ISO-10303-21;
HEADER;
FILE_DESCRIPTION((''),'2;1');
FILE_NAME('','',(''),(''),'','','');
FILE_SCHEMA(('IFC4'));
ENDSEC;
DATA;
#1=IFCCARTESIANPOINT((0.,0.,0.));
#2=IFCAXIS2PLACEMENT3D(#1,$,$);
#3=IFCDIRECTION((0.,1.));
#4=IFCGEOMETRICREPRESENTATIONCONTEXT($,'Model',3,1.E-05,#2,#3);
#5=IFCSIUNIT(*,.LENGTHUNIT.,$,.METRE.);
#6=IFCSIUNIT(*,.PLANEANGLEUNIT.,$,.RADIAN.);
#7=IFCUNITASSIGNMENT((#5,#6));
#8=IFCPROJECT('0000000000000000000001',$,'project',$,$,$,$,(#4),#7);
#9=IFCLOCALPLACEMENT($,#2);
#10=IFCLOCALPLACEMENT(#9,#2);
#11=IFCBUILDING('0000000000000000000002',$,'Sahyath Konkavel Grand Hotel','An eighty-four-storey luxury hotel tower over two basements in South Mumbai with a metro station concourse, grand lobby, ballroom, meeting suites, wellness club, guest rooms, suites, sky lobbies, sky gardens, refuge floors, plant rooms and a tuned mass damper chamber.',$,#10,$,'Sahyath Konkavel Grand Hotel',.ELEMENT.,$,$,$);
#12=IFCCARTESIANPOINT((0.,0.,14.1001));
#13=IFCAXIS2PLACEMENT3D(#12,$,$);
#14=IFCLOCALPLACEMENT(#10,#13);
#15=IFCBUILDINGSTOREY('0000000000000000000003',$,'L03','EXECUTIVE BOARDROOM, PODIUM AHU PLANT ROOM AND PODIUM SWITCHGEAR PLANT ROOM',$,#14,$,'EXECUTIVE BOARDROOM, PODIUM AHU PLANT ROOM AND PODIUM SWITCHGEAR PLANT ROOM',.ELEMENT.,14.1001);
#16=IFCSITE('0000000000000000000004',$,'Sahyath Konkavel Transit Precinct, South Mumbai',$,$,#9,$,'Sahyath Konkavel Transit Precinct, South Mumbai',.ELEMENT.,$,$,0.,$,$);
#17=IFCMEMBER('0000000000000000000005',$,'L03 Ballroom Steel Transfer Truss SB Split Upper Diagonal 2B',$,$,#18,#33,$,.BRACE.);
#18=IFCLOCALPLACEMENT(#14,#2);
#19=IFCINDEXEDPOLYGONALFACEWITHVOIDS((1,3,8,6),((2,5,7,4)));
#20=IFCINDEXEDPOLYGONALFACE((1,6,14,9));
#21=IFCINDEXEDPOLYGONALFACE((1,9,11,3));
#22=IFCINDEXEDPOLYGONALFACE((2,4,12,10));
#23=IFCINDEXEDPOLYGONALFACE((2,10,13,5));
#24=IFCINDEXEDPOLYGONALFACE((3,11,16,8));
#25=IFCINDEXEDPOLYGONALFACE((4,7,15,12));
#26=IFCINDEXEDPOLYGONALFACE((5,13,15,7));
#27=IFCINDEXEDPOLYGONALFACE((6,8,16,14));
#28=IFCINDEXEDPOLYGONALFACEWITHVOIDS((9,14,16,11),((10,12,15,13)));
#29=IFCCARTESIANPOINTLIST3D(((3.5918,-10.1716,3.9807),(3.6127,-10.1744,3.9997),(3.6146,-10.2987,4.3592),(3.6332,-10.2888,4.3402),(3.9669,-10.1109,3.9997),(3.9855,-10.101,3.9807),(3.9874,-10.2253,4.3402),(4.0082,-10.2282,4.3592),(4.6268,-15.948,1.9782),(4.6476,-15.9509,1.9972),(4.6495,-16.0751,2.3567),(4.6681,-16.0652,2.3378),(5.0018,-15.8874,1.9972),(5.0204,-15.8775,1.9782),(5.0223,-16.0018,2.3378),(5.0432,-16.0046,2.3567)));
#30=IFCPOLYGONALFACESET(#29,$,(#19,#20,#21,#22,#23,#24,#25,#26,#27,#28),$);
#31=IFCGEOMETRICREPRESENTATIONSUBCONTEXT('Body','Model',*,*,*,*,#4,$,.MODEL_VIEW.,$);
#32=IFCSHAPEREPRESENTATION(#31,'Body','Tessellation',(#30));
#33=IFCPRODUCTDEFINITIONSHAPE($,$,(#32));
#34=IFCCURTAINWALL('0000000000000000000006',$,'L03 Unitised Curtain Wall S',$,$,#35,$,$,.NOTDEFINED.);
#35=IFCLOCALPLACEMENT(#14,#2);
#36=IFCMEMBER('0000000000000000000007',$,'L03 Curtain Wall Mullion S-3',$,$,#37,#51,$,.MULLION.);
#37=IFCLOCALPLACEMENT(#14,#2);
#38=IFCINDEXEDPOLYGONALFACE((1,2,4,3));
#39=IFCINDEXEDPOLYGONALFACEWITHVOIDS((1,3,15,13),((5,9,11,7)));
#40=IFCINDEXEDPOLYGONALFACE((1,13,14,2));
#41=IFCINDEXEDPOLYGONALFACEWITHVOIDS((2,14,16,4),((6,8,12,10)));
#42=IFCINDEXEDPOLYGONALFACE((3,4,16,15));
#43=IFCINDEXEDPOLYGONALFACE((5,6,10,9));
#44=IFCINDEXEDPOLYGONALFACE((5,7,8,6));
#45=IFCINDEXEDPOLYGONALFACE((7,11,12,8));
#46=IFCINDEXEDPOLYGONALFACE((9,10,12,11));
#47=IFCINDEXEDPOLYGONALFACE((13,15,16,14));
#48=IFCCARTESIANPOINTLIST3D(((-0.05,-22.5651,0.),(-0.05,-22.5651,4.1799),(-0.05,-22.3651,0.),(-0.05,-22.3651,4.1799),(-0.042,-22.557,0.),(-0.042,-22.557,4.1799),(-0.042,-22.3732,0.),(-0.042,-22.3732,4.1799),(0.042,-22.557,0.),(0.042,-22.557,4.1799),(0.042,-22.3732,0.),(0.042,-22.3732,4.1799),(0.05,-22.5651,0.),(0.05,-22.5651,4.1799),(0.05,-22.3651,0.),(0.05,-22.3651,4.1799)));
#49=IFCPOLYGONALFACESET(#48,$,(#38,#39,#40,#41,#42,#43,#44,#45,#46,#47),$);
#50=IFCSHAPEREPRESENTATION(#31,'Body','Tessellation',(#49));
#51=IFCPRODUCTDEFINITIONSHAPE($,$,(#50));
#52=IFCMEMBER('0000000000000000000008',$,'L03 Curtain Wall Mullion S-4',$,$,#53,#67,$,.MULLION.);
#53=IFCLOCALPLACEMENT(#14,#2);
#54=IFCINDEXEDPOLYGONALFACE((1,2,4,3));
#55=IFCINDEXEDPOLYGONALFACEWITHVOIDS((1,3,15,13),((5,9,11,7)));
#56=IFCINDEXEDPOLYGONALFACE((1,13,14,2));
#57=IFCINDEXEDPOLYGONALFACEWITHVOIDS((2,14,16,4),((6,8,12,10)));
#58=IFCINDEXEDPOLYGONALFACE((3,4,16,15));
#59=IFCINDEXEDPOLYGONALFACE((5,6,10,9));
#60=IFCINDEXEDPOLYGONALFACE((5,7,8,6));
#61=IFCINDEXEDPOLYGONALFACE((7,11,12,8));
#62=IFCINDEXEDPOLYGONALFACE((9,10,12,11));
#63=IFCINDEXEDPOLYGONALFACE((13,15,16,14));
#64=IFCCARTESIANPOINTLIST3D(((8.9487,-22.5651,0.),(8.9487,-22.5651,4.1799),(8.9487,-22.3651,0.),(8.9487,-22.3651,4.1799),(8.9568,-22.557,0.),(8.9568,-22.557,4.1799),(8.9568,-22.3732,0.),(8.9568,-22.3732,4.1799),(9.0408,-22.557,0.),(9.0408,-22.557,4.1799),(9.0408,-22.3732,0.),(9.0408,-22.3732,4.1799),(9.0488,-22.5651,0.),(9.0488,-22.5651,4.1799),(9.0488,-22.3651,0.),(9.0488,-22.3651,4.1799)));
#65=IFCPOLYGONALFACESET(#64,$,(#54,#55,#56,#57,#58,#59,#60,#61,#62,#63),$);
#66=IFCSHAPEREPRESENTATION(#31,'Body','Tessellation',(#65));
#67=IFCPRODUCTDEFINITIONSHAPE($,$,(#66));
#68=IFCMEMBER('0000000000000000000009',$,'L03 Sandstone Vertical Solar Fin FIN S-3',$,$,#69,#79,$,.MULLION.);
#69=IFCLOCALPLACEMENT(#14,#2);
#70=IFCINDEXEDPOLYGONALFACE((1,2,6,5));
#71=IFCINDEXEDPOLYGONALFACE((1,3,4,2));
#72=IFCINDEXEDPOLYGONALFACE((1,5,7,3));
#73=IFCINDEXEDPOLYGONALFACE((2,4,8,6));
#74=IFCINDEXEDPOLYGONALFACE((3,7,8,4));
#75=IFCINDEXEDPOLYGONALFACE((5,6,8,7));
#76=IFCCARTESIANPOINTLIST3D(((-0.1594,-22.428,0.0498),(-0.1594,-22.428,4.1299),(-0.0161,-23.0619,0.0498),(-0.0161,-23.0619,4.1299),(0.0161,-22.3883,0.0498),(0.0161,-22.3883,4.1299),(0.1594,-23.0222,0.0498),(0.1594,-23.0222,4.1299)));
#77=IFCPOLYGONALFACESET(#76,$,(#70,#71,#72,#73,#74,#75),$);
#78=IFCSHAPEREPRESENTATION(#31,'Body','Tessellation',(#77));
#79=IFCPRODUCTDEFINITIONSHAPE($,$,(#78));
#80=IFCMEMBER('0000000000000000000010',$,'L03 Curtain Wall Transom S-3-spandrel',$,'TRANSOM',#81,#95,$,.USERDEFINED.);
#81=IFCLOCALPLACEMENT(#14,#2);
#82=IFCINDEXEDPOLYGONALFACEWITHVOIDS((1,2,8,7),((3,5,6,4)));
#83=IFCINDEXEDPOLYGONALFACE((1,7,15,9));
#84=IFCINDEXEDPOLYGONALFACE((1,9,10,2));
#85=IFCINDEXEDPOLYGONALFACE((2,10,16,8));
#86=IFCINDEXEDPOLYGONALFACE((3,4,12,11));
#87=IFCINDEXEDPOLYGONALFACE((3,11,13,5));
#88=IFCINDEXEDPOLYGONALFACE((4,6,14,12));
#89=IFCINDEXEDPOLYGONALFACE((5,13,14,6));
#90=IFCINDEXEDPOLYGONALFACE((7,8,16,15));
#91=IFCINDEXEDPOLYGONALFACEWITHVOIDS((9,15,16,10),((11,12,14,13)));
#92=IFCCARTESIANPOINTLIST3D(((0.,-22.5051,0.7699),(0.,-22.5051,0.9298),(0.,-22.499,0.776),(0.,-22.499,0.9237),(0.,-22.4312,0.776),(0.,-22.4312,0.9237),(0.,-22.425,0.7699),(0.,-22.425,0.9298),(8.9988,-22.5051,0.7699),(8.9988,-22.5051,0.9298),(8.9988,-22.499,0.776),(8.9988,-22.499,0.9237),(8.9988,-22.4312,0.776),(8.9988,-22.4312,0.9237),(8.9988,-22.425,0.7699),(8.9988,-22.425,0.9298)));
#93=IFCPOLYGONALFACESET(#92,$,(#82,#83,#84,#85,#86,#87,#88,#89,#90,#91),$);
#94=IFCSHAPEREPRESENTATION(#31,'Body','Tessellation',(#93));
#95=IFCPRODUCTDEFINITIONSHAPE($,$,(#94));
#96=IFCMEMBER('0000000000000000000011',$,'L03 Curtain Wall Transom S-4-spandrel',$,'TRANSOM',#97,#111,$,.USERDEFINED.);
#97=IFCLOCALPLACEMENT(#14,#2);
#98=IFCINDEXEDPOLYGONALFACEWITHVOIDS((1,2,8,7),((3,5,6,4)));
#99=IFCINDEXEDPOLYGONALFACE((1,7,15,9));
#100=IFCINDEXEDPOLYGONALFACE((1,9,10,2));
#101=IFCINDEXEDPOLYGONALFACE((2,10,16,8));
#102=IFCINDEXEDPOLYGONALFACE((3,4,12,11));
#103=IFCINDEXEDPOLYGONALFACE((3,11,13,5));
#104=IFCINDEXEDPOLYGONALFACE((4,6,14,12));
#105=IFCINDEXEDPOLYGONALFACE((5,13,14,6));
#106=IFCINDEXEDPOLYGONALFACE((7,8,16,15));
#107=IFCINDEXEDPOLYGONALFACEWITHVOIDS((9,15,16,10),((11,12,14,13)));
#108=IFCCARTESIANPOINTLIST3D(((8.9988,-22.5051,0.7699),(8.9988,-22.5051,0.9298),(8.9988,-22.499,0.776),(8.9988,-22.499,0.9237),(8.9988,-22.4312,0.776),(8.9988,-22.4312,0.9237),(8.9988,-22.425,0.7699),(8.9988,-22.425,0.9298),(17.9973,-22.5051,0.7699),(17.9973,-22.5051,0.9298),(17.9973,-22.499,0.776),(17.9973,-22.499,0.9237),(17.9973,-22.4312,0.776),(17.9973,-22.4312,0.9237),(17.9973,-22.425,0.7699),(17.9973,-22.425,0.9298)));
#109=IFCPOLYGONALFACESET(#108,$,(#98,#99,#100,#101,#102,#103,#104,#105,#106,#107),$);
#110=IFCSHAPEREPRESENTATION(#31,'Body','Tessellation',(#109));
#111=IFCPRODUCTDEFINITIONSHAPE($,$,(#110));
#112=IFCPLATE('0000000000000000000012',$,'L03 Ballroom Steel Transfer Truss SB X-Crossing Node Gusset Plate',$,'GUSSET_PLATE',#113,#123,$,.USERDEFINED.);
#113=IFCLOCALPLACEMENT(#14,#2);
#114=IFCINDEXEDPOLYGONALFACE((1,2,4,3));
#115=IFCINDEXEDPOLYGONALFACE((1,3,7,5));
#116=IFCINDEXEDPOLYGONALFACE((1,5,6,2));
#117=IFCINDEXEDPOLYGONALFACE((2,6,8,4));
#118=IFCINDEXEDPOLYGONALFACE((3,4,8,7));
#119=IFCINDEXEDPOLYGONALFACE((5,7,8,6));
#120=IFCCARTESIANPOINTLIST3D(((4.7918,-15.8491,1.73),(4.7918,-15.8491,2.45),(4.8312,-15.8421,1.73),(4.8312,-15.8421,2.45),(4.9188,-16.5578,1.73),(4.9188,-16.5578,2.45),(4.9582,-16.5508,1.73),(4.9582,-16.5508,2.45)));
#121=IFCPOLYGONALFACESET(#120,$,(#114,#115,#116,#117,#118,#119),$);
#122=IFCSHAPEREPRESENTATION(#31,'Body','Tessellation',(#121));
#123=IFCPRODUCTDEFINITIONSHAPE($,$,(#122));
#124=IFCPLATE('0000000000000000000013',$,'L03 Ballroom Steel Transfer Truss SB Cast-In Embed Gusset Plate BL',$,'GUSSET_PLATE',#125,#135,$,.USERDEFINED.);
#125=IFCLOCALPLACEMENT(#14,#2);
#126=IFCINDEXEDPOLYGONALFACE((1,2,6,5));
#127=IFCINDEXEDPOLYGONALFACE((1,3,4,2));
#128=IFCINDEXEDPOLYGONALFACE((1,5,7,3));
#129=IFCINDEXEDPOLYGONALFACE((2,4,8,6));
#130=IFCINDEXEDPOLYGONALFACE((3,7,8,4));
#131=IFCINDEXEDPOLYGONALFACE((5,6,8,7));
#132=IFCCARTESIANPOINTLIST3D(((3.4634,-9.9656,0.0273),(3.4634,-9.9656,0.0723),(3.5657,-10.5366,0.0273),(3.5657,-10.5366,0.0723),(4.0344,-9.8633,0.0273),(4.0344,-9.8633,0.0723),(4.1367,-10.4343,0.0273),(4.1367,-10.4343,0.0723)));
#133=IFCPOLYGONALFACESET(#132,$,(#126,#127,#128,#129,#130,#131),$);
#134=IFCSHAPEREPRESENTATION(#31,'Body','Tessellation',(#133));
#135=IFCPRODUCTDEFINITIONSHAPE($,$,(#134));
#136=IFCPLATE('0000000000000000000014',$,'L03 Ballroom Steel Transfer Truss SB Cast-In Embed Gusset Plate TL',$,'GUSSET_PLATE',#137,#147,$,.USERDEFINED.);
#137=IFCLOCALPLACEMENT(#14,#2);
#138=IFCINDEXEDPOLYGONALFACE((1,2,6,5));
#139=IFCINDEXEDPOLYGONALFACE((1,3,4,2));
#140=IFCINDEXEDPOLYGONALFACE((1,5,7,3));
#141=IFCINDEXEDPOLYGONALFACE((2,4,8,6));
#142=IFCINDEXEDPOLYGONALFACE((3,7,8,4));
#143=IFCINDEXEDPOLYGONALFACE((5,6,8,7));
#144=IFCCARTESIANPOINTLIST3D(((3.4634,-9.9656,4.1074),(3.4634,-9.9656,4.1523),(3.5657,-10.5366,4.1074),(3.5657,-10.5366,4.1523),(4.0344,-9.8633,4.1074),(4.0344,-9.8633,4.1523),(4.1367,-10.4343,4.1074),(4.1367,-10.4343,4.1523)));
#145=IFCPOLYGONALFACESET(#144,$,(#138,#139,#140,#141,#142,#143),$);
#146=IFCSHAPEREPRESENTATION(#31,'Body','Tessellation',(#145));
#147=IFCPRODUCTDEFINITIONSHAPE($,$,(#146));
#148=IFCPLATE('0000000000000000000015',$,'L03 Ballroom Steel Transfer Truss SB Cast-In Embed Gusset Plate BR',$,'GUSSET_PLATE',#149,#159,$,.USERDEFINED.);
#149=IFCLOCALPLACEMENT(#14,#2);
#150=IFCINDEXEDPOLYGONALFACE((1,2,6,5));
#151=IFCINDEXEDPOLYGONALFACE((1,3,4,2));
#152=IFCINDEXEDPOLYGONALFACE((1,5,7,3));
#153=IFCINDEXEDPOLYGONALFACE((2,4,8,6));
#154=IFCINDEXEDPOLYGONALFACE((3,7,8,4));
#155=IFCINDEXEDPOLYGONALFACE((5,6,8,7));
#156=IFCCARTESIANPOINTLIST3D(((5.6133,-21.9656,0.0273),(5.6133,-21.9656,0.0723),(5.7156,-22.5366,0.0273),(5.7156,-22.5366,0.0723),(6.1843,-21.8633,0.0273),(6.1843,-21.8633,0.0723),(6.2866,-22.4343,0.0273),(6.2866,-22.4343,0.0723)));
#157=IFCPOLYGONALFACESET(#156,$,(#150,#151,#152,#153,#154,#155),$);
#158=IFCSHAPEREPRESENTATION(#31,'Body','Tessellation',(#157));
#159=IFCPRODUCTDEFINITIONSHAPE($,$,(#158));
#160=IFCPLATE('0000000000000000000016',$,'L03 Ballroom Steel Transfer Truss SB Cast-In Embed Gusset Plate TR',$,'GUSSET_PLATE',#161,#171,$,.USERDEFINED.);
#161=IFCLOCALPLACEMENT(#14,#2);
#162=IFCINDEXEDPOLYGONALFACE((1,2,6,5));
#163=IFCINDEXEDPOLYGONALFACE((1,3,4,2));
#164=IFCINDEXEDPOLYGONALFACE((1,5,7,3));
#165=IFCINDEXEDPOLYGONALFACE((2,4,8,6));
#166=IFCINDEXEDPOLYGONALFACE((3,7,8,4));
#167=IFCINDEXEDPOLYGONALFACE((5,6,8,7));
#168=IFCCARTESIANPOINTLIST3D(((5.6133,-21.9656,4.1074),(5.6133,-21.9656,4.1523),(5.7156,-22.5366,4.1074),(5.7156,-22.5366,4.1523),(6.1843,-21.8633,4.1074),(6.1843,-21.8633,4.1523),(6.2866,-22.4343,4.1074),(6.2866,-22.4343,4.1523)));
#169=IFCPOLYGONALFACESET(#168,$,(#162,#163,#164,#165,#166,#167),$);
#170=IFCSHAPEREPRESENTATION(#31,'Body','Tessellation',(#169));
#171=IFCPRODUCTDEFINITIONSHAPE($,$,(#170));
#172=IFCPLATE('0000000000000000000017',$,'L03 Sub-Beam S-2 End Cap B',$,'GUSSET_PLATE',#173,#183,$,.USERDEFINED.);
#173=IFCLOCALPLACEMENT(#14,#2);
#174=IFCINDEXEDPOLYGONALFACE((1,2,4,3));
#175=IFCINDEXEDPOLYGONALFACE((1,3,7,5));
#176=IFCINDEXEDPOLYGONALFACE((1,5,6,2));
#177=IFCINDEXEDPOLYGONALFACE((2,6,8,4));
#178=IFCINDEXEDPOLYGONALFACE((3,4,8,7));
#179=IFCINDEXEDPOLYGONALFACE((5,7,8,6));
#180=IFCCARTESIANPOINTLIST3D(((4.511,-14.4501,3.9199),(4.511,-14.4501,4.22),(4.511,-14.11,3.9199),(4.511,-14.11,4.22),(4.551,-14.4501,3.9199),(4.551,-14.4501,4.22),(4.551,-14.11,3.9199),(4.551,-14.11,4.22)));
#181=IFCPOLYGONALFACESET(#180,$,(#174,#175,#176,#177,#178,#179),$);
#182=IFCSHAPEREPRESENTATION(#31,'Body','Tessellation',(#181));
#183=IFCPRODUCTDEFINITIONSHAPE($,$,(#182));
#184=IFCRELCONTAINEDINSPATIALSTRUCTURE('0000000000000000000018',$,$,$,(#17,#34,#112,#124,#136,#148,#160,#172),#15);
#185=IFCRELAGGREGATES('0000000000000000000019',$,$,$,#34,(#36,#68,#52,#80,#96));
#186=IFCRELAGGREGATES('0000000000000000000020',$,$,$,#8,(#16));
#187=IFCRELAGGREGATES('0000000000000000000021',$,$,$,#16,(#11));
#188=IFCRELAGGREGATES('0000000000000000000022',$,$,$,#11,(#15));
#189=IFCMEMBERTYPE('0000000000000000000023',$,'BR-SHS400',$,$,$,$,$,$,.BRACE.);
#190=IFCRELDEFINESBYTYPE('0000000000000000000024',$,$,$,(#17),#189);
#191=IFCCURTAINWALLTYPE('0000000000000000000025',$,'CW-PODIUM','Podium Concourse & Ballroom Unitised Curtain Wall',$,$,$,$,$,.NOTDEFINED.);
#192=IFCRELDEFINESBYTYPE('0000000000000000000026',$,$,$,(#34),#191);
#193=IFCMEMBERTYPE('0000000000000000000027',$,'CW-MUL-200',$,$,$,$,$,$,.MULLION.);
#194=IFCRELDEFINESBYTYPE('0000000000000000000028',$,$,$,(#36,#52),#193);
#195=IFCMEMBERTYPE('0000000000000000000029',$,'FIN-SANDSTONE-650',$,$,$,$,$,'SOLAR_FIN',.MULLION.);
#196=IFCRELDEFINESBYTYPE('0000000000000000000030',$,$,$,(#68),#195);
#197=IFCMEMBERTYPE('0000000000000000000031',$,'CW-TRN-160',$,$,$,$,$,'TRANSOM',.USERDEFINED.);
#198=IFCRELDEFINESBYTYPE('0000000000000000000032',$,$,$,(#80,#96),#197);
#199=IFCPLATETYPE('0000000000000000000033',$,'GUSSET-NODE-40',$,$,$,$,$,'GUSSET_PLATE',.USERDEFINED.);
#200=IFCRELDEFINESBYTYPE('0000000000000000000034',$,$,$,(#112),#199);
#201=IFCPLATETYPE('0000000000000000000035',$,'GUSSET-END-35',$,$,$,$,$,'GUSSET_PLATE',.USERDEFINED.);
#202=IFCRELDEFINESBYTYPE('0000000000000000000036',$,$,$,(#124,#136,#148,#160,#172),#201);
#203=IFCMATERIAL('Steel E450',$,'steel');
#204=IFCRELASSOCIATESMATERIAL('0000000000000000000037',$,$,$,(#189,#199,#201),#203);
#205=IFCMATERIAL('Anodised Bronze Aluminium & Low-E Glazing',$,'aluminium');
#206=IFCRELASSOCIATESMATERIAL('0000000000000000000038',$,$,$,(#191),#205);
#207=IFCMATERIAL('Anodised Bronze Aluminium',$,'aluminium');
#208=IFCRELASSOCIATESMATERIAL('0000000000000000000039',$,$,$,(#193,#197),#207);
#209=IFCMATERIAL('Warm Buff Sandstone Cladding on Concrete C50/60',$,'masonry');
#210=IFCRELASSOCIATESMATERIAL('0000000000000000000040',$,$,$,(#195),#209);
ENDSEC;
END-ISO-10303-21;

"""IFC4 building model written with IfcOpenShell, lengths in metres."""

from ifc_helpers import new_model, si_unit, direction, frame, origin, origin_2d, place, context, subcontext, project, spatial, rectangle, hollow_rectangle, extrude, source, transform, mapped, material, material_profile, profile_set, type_object, element, aggregate, save


model = new_model("IFC4")

# Units and contexts
model_context = context("Model", 3, precision=1e-05, world=origin(), true_north=direction((0.0, 1.0)))
body_context = subcontext(model_context, "Body", "Model", "MODEL_VIEW")
ifc_project = project(units=[si_unit("LENGTHUNIT", "METRE"), si_unit("PLANEANGLEUNIT", "RADIAN")], contexts=[model_context])

# Site, building, storey
site_placement = place(None, origin())
site = spatial("IfcSite", under=ifc_project, at=site_placement, Name="Sahyath Konkavel Transit Precinct, South Mumbai", LongName="Sahyath Konkavel Transit Precinct, South Mumbai", CompositionType="ELEMENT", RefElevation=0.0)
building_placement = place(site_placement, origin())
building = spatial("IfcBuilding", under=site, at=building_placement, Name="Sahyath Konkavel Grand Hotel", Description="An eighty-four-storey luxury hotel tower over two basements in South Mumbai with a metro station concourse, grand lobby, ballroom, meeting suites, wellness club, guest rooms, suites, sky lobbies, sky gardens, refuge floors, plant rooms and a tuned mass damper chamber.", LongName="Sahyath Konkavel Grand Hotel", CompositionType="ELEMENT")
storey_placement = place(building_placement, frame((0.0, 0.0, 14.1001)))
storey = spatial("IfcBuildingStorey", under=building, at=storey_placement, Name="L03", Description="EXECUTIVE BOARDROOM, PODIUM AHU PLANT ROOM AND PODIUM SWITCHGEAR PLANT ROOM", LongName="EXECUTIVE BOARDROOM, PODIUM AHU PLANT ROOM AND PODIUM SWITCHGEAR PLANT ROOM", CompositionType="ELEMENT", Elevation=14.1001)

# Shared definitions
ifc_material_1 = material(Name="Steel E450", Category="steel")

# Member
ifc_material_profile_1 = material_profile(ifc_material_1, hollow_rectangle(XDim=0.3999, YDim=0.3999, WallThickness=0.02, at=origin_2d()), Name="SHS 400x400x20")
ifc_profile_set_1 = profile_set([ifc_material_profile_1], Name="Steel E450")
member_type_1 = type_object("IfcMemberType", Name="BR-SHS400", PredefinedType="BRACE", material=ifc_profile_set_1)
shared_shape_1 = source(origin(), body_context, "Body", "SweptSolid", [
    extrude(hollow_rectangle(XDim=0.3999, YDim=0.3999, WallThickness=0.02, at=origin_2d()), origin(), (0.0, 0.0, 1.0), 6.2007),
])
for number, where, z_axis, x_axis, name in (
    (1, (4.835, -15.9763, 2.1675), (-0.166906, 0.931584, 0.322944), (-0.984327, -0.176355, 0.0), "L03 Ballroom Steel Transfer Truss SB Split Upper Diagonal 2B"),
):
    element("IfcMember", number, at=place(storey_placement, frame(where, z_axis=z_axis, x_axis=x_axis)), inside=storey, type_object=member_type_1, Name=name, PredefinedType="BRACE", context=body_context, shape_type="MappedRepresentation", body=[
        mapped(shared_shape_1, transform((0.0, 0.0, 0.0), scale=1.0)),
    ])

# Curtain wall, members
ifc_material_2 = material(Name="Anodised Bronze Aluminium & Low-E Glazing", Category="aluminium")
curtain_wall_type = type_object("IfcCurtainWallType", Name="CW-PODIUM", Description="Podium Concourse & Ballroom Unitised Curtain Wall", PredefinedType="NOTDEFINED", material=ifc_material_2)
curtain_wall_placement = place(storey_placement, origin())
curtain_wall = element("IfcCurtainWall", 2, at=curtain_wall_placement, inside=storey, type_object=curtain_wall_type, Name="L03 Unitised Curtain Wall S", PredefinedType="NOTDEFINED")
ifc_material_3 = material(Name="Anodised Bronze Aluminium", Category="aluminium")
ifc_material_profile_2 = material_profile(ifc_material_3, hollow_rectangle(XDim=0.1001, YDim=0.2, WallThickness=0.0081, at=origin_2d()), Name="RHS 200x100x8")
ifc_profile_set_2 = profile_set([ifc_material_profile_2], Name="Anodised Bronze Aluminium")
member_type_2 = type_object("IfcMemberType", Name="CW-MUL-200", PredefinedType="MULLION", material=ifc_profile_set_2)
shared_shape_2 = source(origin(), body_context, "Body", "SweptSolid", [
    extrude(hollow_rectangle(XDim=0.1001, YDim=0.2, WallThickness=0.0081, at=origin_2d()), origin(), (0.0, 0.0, 1.0), 4.1799),
])
member_1_placement = place(storey_placement, frame((0.0, -22.4651, 0.0), z_axis=(0.0, 0.0, 1.0), x_axis=(1.0, 0.0, 0.0)))
member_1 = element("IfcMember", 3, at=member_1_placement, type_object=member_type_2, Name="L03 Curtain Wall Mullion S-3", PredefinedType="MULLION", context=body_context, shape_type="MappedRepresentation", body=[
    mapped(shared_shape_2, transform((0.0, 0.0, 0.0), scale=1.0)),
])
member_2_placement = place(storey_placement, frame((8.9988, -22.4651, 0.0), z_axis=(0.0, 0.0, 1.0), x_axis=(1.0, 0.0, 0.0)))
member_2 = element("IfcMember", 4, at=member_2_placement, type_object=member_type_2, Name="L03 Curtain Wall Mullion S-4", PredefinedType="MULLION", context=body_context, shape_type="MappedRepresentation", body=[
    mapped(shared_shape_2, transform((0.0, 0.0, 0.0), scale=1.0)),
])
ifc_material_4 = material(Name="Warm Buff Sandstone Cladding on Concrete C50/60", Category="masonry")
ifc_material_profile_3 = material_profile(ifc_material_4, rectangle(XDim=0.1799, YDim=0.6499, at=origin_2d()), Name="FIN 180x650")
ifc_profile_set_3 = profile_set([ifc_material_profile_3], Name="Warm Buff Sandstone Cladding on Concrete C50/60")
member_type_3 = type_object("IfcMemberType", Name="FIN-SANDSTONE-650", ElementType="SOLAR_FIN", PredefinedType="MULLION", material=ifc_profile_set_3)
shared_shape_3 = source(origin(), body_context, "Body", "SweptSolid", [
    extrude(rectangle(XDim=0.1799, YDim=0.6499, at=origin_2d()), origin(), (0.0, 0.0, 1.0), 4.0801),
])
member_3_placement = place(storey_placement, frame((0.0, -22.7251, 0.0498), z_axis=(0.0, 0.0, 1.0), x_axis=(0.975419, 0.220357, 0.0)))
member_3 = element("IfcMember", 5, at=member_3_placement, type_object=member_type_3, Name="L03 Sandstone Vertical Solar Fin FIN S-3", PredefinedType="MULLION", context=body_context, shape_type="MappedRepresentation", body=[
    mapped(shared_shape_3, transform((0.0, 0.0, 0.0), scale=1.0)),
])
ifc_material_profile_4 = material_profile(ifc_material_3, hollow_rectangle(XDim=0.0801, YDim=0.1599, WallThickness=0.0061, at=origin_2d()), Name="RHS 160x80x6")
ifc_profile_set_4 = profile_set([ifc_material_profile_4], Name="Anodised Bronze Aluminium")
member_type_4 = type_object("IfcMemberType", Name="CW-TRN-160", ElementType="TRANSOM", PredefinedType="USERDEFINED", material=ifc_profile_set_4)
shared_shape_4 = source(origin(), body_context, "Body", "SweptSolid", [
    extrude(hollow_rectangle(XDim=0.0801, YDim=0.1599, WallThickness=0.0061, at=origin_2d()), origin(), (0.0, 0.0, 1.0), 8.9988),
])
member_4_placement = place(storey_placement, frame((0.0, -22.4651, 0.8499), z_axis=(1.0, 0.0, 0.0), x_axis=(0.0, 1.0, 0.0)))
member_4 = element("IfcMember", 6, at=member_4_placement, type_object=member_type_4, Name="L03 Curtain Wall Transom S-3-spandrel", ObjectType="TRANSOM", PredefinedType="USERDEFINED", context=body_context, shape_type="MappedRepresentation", body=[
    mapped(shared_shape_4, transform((0.0, 0.0, 0.0), scale=1.0)),
])
shared_shape_5 = source(origin(), body_context, "Body", "SweptSolid", [
    extrude(hollow_rectangle(XDim=0.0801, YDim=0.1599, WallThickness=0.0061, at=origin_2d()), origin(), (0.0, 0.0, 1.0), 8.9985),
])
member_5_placement = place(storey_placement, frame((8.9988, -22.4651, 0.8499), z_axis=(1.0, 0.0, 0.0), x_axis=(0.0, 1.0, 0.0)))
member_5 = element("IfcMember", 7, at=member_5_placement, type_object=member_type_4, Name="L03 Curtain Wall Transom S-4-spandrel", ObjectType="TRANSOM", PredefinedType="USERDEFINED", context=body_context, shape_type="MappedRepresentation", body=[
    mapped(shared_shape_5, transform((0.0, 0.0, 0.0), scale=1.0)),
])

# Plates
plate_type_1 = type_object("IfcPlateType", Name="GUSSET-NODE-40", ElementType="GUSSET_PLATE", PredefinedType="USERDEFINED", material=ifc_material_1)
shared_shape_6 = source(origin(), body_context, "Body", "SweptSolid", [
    extrude(rectangle(XDim=0.72, YDim=0.04, at=origin_2d()), origin(), (0.0, 0.0, 1.0), 0.72),
])
plate_1_placement = place(storey_placement, frame((4.875, -16.2, 1.73), z_axis=(0.0, 0.0, 1.0), x_axis=(0.176363, -0.984325, 0.0)))
element("IfcPlate", 8, at=plate_1_placement, inside=storey, type_object=plate_type_1, Name="L03 Ballroom Steel Transfer Truss SB X-Crossing Node Gusset Plate", ObjectType="GUSSET_PLATE", PredefinedType="USERDEFINED", context=body_context, shape_type="MappedRepresentation", body=[
    mapped(shared_shape_6, transform((0.0, 0.0, 0.0), scale=1.0)),
])
plate_type_2 = type_object("IfcPlateType", Name="GUSSET-END-35", ElementType="GUSSET_PLATE", PredefinedType="USERDEFINED", material=ifc_material_1)
shared_shape_7 = source(origin(), body_context, "Body", "SweptSolid", [
    extrude(rectangle(XDim=0.5801, YDim=0.5801, at=origin_2d()), origin(), (0.0, 0.0, 1.0), 0.0449),
])
for number, where, z_axis, x_axis, name in (
    (9, (3.8, -10.2, 0.0273), (0.0, 0.0, 1.0), (0.176363, -0.984325, 0.0), "L03 Ballroom Steel Transfer Truss SB Cast-In Embed Gusset Plate BL"),
    (10, (3.8, -10.2, 4.1074), (0.0, 0.0, 1.0), (0.176363, -0.984325, 0.0), "L03 Ballroom Steel Transfer Truss SB Cast-In Embed Gusset Plate TL"),
    (11, (5.95, -22.2, 0.0273), (0.0, 0.0, 1.0), (0.176363, -0.984325, 0.0), "L03 Ballroom Steel Transfer Truss SB Cast-In Embed Gusset Plate BR"),
    (12, (5.95, -22.2, 4.1074), (0.0, 0.0, 1.0), (0.176363, -0.984325, 0.0), "L03 Ballroom Steel Transfer Truss SB Cast-In Embed Gusset Plate TR"),
):
    element("IfcPlate", number, at=place(storey_placement, frame(where, z_axis=z_axis, x_axis=x_axis)), inside=storey, type_object=plate_type_2, Name=name, ObjectType="GUSSET_PLATE", PredefinedType="USERDEFINED", context=body_context, shape_type="MappedRepresentation", body=[
        mapped(shared_shape_7, transform((0.0, 0.0, 0.0), scale=1.0)),
    ])
shared_shape_8 = source(origin(), body_context, "Body", "SweptSolid", [
    extrude(rectangle(XDim=0.04, YDim=0.3401, at=origin_2d()), origin(), (0.0, 0.0, 1.0), 0.3),
])
plate_2_placement = place(storey_placement, frame((4.531, -14.28, 3.9199), z_axis=(0.0, 0.0, 1.0), x_axis=(1.0, 0.0, 0.0)))
element("IfcPlate", 13, at=plate_2_placement, inside=storey, type_object=plate_type_2, Name="L03 Sub-Beam S-2 End Cap B", ObjectType="GUSSET_PLATE", PredefinedType="USERDEFINED", context=body_context, shape_type="MappedRepresentation", body=[
    mapped(shared_shape_8, transform((0.0, 0.0, 0.0), scale=1.0)),
])

aggregate(curtain_wall, [member_1, member_3, member_2, member_4, member_5])

save(model, "model.ifc")
